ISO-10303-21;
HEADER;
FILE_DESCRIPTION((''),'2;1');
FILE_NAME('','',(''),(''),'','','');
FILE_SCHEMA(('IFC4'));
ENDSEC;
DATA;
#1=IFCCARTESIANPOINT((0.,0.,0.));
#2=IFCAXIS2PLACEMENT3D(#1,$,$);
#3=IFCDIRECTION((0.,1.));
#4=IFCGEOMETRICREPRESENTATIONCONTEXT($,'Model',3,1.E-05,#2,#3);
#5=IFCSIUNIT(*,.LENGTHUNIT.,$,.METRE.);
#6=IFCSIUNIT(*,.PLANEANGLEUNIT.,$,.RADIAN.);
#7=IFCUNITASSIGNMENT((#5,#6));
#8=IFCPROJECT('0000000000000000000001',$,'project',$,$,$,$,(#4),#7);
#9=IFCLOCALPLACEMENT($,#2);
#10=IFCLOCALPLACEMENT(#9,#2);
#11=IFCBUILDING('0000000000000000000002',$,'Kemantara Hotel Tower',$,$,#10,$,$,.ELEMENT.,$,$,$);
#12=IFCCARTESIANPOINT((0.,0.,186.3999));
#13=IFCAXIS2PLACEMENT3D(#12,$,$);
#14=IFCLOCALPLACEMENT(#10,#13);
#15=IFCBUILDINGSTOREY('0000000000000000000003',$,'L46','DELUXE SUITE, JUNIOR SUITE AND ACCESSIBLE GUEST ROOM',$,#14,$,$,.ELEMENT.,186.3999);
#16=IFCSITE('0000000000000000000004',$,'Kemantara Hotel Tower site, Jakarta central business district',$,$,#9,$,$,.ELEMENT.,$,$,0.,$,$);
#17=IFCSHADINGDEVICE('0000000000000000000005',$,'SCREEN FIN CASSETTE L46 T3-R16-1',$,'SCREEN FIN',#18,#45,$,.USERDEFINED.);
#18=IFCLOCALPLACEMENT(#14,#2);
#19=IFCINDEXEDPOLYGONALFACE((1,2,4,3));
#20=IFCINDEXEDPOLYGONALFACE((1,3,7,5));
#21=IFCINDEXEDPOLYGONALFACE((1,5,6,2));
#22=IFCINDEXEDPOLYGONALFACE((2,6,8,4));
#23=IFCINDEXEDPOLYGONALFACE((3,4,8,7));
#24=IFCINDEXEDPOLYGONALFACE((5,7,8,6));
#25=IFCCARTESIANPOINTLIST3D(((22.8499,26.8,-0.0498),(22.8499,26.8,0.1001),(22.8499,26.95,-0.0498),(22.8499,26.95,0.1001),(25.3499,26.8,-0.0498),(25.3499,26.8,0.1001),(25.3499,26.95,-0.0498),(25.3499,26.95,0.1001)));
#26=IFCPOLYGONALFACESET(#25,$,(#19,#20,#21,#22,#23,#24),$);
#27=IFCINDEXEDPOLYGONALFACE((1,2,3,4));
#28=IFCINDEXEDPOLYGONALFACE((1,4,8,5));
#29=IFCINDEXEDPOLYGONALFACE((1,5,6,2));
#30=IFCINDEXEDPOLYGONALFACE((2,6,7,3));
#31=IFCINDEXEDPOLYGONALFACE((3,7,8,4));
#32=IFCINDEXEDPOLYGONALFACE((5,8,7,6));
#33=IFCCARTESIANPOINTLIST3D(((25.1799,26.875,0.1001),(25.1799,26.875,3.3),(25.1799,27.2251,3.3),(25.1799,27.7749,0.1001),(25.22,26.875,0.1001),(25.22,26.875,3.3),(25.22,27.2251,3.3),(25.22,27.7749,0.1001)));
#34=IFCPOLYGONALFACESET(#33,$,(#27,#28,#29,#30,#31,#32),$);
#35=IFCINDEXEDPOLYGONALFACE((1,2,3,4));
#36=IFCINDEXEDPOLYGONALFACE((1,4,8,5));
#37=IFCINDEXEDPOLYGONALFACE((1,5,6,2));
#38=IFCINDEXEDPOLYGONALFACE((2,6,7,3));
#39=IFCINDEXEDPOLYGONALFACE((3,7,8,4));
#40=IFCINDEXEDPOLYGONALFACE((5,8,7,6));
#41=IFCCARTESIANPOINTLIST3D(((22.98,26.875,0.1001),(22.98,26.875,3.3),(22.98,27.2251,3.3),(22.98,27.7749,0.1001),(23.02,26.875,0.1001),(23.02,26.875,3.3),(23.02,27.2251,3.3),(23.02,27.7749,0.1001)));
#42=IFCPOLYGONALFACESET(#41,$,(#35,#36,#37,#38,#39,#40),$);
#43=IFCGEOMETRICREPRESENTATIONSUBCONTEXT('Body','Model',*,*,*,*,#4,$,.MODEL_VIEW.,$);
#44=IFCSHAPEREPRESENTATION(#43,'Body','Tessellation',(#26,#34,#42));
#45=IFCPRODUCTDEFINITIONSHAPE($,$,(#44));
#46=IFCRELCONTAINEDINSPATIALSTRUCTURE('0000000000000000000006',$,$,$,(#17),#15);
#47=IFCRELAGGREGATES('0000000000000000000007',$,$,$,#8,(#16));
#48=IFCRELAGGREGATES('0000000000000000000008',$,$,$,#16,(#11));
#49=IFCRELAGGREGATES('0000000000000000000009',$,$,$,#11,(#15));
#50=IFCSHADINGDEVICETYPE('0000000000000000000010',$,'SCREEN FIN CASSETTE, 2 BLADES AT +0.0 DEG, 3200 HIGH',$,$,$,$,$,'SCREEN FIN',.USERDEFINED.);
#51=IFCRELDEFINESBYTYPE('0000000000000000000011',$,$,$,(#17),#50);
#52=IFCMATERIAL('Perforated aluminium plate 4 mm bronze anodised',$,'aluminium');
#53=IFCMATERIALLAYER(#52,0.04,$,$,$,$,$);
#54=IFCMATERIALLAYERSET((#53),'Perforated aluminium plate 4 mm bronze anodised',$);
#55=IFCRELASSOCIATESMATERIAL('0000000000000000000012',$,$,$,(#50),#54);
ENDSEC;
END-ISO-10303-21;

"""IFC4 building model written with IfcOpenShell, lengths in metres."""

from ifc_helpers import new_model, si_unit, direction, frame, origin, origin_2d, place, context, subcontext, project, spatial, polyline, rectangle, outline, extrude, source, transform, mapped, material, layer, layer_set, type_object, element, save


model = new_model("IFC4")

# Units and contexts
model_context = context("Model", 3, precision=1e-05, world=origin(), true_north=direction((0.0, 1.0)))
body_context = subcontext(model_context, "Body", "Model", "MODEL_VIEW")
ifc_project = project(units=[si_unit("LENGTHUNIT", "METRE"), si_unit("PLANEANGLEUNIT", "RADIAN")], contexts=[model_context])

# Site, building, storey
site_placement = place(None, origin())
site = spatial("IfcSite", under=ifc_project, at=site_placement, Name="Kemantara Hotel Tower site, Jakarta central business district", CompositionType="ELEMENT", RefElevation=0.0)
building_placement = place(site_placement, origin())
building = spatial("IfcBuilding", under=site, at=building_placement, Name="Kemantara Hotel Tower", CompositionType="ELEMENT")
storey_placement = place(building_placement, frame((0.0, 0.0, 186.3999)))
storey = spatial("IfcBuildingStorey", under=building, at=storey_placement, Name="L46", Description="DELUXE SUITE, JUNIOR SUITE AND ACCESSIBLE GUEST ROOM", CompositionType="ELEMENT", Elevation=186.3999)

# Shading device
ifc_material_1 = material(Name="Perforated aluminium plate 4 mm bronze anodised", Category="aluminium")
ifc_layer_1 = layer(ifc_material_1, 0.04)
ifc_layer_set_1 = layer_set([ifc_layer_1], Name="Perforated aluminium plate 4 mm bronze anodised")
shading_device_type_1 = type_object("IfcShadingDeviceType", Name="SCREEN FIN CASSETTE, 2 BLADES AT +0.0 DEG, 3200 HIGH", ElementType="SCREEN FIN", PredefinedType="USERDEFINED", material=ifc_layer_set_1)
shared_shape_1 = source(origin(), body_context, "Body", "SweptSolid", [
    extrude(rectangle(XDim=2.5, YDim=0.1499, at=origin_2d()), frame((1.1001, -0.075, -0.1499), z_axis=(0.0, 0.0, 1.0), x_axis=(1.0, 0.0, 0.0)), (0.0, 0.0, 1.0), 0.1499),
    extrude(outline(polyline([(0.0, 0.0), (0.8999, 0.0), (0.3501, 3.2), (0.0, 3.2), (0.0, 0.0)])), frame((0.02, -0.075, 0.0), z_axis=(-1.0, 0.0, 0.0), x_axis=(0.0, -1.0, 0.0)), (0.0, 0.0, 1.0), 0.04),
    extrude(outline(polyline([(0.0, 0.0), (0.8999, 0.0), (0.3501, 3.2), (0.0, 3.2), (0.0, 0.0)])), frame((2.22, -0.075, 0.0), z_axis=(-1.0, 0.0, 0.0), x_axis=(0.0, -1.0, 0.0)), (0.0, 0.0, 1.0), 0.04),
])
for number, where, z_axis, x_axis, name in (
    (1, (25.2, 26.8, 0.1001), (0.0, 0.0, 1.0), (-1.0, 0.0, 0.0), "SCREEN FIN CASSETTE L46 T3-R16-1"),
):
    element("IfcShadingDevice", number, at=place(storey_placement, frame(where, z_axis=z_axis, x_axis=x_axis)), inside=storey, type_object=shading_device_type_1, Name=name, ObjectType="SCREEN FIN", PredefinedType="USERDEFINED", context=body_context, shape_type="MappedRepresentation", body=[
        mapped(shared_shape_1, transform((0.0, 0.0, 0.0))),
    ])

save(model, "model.ifc")
